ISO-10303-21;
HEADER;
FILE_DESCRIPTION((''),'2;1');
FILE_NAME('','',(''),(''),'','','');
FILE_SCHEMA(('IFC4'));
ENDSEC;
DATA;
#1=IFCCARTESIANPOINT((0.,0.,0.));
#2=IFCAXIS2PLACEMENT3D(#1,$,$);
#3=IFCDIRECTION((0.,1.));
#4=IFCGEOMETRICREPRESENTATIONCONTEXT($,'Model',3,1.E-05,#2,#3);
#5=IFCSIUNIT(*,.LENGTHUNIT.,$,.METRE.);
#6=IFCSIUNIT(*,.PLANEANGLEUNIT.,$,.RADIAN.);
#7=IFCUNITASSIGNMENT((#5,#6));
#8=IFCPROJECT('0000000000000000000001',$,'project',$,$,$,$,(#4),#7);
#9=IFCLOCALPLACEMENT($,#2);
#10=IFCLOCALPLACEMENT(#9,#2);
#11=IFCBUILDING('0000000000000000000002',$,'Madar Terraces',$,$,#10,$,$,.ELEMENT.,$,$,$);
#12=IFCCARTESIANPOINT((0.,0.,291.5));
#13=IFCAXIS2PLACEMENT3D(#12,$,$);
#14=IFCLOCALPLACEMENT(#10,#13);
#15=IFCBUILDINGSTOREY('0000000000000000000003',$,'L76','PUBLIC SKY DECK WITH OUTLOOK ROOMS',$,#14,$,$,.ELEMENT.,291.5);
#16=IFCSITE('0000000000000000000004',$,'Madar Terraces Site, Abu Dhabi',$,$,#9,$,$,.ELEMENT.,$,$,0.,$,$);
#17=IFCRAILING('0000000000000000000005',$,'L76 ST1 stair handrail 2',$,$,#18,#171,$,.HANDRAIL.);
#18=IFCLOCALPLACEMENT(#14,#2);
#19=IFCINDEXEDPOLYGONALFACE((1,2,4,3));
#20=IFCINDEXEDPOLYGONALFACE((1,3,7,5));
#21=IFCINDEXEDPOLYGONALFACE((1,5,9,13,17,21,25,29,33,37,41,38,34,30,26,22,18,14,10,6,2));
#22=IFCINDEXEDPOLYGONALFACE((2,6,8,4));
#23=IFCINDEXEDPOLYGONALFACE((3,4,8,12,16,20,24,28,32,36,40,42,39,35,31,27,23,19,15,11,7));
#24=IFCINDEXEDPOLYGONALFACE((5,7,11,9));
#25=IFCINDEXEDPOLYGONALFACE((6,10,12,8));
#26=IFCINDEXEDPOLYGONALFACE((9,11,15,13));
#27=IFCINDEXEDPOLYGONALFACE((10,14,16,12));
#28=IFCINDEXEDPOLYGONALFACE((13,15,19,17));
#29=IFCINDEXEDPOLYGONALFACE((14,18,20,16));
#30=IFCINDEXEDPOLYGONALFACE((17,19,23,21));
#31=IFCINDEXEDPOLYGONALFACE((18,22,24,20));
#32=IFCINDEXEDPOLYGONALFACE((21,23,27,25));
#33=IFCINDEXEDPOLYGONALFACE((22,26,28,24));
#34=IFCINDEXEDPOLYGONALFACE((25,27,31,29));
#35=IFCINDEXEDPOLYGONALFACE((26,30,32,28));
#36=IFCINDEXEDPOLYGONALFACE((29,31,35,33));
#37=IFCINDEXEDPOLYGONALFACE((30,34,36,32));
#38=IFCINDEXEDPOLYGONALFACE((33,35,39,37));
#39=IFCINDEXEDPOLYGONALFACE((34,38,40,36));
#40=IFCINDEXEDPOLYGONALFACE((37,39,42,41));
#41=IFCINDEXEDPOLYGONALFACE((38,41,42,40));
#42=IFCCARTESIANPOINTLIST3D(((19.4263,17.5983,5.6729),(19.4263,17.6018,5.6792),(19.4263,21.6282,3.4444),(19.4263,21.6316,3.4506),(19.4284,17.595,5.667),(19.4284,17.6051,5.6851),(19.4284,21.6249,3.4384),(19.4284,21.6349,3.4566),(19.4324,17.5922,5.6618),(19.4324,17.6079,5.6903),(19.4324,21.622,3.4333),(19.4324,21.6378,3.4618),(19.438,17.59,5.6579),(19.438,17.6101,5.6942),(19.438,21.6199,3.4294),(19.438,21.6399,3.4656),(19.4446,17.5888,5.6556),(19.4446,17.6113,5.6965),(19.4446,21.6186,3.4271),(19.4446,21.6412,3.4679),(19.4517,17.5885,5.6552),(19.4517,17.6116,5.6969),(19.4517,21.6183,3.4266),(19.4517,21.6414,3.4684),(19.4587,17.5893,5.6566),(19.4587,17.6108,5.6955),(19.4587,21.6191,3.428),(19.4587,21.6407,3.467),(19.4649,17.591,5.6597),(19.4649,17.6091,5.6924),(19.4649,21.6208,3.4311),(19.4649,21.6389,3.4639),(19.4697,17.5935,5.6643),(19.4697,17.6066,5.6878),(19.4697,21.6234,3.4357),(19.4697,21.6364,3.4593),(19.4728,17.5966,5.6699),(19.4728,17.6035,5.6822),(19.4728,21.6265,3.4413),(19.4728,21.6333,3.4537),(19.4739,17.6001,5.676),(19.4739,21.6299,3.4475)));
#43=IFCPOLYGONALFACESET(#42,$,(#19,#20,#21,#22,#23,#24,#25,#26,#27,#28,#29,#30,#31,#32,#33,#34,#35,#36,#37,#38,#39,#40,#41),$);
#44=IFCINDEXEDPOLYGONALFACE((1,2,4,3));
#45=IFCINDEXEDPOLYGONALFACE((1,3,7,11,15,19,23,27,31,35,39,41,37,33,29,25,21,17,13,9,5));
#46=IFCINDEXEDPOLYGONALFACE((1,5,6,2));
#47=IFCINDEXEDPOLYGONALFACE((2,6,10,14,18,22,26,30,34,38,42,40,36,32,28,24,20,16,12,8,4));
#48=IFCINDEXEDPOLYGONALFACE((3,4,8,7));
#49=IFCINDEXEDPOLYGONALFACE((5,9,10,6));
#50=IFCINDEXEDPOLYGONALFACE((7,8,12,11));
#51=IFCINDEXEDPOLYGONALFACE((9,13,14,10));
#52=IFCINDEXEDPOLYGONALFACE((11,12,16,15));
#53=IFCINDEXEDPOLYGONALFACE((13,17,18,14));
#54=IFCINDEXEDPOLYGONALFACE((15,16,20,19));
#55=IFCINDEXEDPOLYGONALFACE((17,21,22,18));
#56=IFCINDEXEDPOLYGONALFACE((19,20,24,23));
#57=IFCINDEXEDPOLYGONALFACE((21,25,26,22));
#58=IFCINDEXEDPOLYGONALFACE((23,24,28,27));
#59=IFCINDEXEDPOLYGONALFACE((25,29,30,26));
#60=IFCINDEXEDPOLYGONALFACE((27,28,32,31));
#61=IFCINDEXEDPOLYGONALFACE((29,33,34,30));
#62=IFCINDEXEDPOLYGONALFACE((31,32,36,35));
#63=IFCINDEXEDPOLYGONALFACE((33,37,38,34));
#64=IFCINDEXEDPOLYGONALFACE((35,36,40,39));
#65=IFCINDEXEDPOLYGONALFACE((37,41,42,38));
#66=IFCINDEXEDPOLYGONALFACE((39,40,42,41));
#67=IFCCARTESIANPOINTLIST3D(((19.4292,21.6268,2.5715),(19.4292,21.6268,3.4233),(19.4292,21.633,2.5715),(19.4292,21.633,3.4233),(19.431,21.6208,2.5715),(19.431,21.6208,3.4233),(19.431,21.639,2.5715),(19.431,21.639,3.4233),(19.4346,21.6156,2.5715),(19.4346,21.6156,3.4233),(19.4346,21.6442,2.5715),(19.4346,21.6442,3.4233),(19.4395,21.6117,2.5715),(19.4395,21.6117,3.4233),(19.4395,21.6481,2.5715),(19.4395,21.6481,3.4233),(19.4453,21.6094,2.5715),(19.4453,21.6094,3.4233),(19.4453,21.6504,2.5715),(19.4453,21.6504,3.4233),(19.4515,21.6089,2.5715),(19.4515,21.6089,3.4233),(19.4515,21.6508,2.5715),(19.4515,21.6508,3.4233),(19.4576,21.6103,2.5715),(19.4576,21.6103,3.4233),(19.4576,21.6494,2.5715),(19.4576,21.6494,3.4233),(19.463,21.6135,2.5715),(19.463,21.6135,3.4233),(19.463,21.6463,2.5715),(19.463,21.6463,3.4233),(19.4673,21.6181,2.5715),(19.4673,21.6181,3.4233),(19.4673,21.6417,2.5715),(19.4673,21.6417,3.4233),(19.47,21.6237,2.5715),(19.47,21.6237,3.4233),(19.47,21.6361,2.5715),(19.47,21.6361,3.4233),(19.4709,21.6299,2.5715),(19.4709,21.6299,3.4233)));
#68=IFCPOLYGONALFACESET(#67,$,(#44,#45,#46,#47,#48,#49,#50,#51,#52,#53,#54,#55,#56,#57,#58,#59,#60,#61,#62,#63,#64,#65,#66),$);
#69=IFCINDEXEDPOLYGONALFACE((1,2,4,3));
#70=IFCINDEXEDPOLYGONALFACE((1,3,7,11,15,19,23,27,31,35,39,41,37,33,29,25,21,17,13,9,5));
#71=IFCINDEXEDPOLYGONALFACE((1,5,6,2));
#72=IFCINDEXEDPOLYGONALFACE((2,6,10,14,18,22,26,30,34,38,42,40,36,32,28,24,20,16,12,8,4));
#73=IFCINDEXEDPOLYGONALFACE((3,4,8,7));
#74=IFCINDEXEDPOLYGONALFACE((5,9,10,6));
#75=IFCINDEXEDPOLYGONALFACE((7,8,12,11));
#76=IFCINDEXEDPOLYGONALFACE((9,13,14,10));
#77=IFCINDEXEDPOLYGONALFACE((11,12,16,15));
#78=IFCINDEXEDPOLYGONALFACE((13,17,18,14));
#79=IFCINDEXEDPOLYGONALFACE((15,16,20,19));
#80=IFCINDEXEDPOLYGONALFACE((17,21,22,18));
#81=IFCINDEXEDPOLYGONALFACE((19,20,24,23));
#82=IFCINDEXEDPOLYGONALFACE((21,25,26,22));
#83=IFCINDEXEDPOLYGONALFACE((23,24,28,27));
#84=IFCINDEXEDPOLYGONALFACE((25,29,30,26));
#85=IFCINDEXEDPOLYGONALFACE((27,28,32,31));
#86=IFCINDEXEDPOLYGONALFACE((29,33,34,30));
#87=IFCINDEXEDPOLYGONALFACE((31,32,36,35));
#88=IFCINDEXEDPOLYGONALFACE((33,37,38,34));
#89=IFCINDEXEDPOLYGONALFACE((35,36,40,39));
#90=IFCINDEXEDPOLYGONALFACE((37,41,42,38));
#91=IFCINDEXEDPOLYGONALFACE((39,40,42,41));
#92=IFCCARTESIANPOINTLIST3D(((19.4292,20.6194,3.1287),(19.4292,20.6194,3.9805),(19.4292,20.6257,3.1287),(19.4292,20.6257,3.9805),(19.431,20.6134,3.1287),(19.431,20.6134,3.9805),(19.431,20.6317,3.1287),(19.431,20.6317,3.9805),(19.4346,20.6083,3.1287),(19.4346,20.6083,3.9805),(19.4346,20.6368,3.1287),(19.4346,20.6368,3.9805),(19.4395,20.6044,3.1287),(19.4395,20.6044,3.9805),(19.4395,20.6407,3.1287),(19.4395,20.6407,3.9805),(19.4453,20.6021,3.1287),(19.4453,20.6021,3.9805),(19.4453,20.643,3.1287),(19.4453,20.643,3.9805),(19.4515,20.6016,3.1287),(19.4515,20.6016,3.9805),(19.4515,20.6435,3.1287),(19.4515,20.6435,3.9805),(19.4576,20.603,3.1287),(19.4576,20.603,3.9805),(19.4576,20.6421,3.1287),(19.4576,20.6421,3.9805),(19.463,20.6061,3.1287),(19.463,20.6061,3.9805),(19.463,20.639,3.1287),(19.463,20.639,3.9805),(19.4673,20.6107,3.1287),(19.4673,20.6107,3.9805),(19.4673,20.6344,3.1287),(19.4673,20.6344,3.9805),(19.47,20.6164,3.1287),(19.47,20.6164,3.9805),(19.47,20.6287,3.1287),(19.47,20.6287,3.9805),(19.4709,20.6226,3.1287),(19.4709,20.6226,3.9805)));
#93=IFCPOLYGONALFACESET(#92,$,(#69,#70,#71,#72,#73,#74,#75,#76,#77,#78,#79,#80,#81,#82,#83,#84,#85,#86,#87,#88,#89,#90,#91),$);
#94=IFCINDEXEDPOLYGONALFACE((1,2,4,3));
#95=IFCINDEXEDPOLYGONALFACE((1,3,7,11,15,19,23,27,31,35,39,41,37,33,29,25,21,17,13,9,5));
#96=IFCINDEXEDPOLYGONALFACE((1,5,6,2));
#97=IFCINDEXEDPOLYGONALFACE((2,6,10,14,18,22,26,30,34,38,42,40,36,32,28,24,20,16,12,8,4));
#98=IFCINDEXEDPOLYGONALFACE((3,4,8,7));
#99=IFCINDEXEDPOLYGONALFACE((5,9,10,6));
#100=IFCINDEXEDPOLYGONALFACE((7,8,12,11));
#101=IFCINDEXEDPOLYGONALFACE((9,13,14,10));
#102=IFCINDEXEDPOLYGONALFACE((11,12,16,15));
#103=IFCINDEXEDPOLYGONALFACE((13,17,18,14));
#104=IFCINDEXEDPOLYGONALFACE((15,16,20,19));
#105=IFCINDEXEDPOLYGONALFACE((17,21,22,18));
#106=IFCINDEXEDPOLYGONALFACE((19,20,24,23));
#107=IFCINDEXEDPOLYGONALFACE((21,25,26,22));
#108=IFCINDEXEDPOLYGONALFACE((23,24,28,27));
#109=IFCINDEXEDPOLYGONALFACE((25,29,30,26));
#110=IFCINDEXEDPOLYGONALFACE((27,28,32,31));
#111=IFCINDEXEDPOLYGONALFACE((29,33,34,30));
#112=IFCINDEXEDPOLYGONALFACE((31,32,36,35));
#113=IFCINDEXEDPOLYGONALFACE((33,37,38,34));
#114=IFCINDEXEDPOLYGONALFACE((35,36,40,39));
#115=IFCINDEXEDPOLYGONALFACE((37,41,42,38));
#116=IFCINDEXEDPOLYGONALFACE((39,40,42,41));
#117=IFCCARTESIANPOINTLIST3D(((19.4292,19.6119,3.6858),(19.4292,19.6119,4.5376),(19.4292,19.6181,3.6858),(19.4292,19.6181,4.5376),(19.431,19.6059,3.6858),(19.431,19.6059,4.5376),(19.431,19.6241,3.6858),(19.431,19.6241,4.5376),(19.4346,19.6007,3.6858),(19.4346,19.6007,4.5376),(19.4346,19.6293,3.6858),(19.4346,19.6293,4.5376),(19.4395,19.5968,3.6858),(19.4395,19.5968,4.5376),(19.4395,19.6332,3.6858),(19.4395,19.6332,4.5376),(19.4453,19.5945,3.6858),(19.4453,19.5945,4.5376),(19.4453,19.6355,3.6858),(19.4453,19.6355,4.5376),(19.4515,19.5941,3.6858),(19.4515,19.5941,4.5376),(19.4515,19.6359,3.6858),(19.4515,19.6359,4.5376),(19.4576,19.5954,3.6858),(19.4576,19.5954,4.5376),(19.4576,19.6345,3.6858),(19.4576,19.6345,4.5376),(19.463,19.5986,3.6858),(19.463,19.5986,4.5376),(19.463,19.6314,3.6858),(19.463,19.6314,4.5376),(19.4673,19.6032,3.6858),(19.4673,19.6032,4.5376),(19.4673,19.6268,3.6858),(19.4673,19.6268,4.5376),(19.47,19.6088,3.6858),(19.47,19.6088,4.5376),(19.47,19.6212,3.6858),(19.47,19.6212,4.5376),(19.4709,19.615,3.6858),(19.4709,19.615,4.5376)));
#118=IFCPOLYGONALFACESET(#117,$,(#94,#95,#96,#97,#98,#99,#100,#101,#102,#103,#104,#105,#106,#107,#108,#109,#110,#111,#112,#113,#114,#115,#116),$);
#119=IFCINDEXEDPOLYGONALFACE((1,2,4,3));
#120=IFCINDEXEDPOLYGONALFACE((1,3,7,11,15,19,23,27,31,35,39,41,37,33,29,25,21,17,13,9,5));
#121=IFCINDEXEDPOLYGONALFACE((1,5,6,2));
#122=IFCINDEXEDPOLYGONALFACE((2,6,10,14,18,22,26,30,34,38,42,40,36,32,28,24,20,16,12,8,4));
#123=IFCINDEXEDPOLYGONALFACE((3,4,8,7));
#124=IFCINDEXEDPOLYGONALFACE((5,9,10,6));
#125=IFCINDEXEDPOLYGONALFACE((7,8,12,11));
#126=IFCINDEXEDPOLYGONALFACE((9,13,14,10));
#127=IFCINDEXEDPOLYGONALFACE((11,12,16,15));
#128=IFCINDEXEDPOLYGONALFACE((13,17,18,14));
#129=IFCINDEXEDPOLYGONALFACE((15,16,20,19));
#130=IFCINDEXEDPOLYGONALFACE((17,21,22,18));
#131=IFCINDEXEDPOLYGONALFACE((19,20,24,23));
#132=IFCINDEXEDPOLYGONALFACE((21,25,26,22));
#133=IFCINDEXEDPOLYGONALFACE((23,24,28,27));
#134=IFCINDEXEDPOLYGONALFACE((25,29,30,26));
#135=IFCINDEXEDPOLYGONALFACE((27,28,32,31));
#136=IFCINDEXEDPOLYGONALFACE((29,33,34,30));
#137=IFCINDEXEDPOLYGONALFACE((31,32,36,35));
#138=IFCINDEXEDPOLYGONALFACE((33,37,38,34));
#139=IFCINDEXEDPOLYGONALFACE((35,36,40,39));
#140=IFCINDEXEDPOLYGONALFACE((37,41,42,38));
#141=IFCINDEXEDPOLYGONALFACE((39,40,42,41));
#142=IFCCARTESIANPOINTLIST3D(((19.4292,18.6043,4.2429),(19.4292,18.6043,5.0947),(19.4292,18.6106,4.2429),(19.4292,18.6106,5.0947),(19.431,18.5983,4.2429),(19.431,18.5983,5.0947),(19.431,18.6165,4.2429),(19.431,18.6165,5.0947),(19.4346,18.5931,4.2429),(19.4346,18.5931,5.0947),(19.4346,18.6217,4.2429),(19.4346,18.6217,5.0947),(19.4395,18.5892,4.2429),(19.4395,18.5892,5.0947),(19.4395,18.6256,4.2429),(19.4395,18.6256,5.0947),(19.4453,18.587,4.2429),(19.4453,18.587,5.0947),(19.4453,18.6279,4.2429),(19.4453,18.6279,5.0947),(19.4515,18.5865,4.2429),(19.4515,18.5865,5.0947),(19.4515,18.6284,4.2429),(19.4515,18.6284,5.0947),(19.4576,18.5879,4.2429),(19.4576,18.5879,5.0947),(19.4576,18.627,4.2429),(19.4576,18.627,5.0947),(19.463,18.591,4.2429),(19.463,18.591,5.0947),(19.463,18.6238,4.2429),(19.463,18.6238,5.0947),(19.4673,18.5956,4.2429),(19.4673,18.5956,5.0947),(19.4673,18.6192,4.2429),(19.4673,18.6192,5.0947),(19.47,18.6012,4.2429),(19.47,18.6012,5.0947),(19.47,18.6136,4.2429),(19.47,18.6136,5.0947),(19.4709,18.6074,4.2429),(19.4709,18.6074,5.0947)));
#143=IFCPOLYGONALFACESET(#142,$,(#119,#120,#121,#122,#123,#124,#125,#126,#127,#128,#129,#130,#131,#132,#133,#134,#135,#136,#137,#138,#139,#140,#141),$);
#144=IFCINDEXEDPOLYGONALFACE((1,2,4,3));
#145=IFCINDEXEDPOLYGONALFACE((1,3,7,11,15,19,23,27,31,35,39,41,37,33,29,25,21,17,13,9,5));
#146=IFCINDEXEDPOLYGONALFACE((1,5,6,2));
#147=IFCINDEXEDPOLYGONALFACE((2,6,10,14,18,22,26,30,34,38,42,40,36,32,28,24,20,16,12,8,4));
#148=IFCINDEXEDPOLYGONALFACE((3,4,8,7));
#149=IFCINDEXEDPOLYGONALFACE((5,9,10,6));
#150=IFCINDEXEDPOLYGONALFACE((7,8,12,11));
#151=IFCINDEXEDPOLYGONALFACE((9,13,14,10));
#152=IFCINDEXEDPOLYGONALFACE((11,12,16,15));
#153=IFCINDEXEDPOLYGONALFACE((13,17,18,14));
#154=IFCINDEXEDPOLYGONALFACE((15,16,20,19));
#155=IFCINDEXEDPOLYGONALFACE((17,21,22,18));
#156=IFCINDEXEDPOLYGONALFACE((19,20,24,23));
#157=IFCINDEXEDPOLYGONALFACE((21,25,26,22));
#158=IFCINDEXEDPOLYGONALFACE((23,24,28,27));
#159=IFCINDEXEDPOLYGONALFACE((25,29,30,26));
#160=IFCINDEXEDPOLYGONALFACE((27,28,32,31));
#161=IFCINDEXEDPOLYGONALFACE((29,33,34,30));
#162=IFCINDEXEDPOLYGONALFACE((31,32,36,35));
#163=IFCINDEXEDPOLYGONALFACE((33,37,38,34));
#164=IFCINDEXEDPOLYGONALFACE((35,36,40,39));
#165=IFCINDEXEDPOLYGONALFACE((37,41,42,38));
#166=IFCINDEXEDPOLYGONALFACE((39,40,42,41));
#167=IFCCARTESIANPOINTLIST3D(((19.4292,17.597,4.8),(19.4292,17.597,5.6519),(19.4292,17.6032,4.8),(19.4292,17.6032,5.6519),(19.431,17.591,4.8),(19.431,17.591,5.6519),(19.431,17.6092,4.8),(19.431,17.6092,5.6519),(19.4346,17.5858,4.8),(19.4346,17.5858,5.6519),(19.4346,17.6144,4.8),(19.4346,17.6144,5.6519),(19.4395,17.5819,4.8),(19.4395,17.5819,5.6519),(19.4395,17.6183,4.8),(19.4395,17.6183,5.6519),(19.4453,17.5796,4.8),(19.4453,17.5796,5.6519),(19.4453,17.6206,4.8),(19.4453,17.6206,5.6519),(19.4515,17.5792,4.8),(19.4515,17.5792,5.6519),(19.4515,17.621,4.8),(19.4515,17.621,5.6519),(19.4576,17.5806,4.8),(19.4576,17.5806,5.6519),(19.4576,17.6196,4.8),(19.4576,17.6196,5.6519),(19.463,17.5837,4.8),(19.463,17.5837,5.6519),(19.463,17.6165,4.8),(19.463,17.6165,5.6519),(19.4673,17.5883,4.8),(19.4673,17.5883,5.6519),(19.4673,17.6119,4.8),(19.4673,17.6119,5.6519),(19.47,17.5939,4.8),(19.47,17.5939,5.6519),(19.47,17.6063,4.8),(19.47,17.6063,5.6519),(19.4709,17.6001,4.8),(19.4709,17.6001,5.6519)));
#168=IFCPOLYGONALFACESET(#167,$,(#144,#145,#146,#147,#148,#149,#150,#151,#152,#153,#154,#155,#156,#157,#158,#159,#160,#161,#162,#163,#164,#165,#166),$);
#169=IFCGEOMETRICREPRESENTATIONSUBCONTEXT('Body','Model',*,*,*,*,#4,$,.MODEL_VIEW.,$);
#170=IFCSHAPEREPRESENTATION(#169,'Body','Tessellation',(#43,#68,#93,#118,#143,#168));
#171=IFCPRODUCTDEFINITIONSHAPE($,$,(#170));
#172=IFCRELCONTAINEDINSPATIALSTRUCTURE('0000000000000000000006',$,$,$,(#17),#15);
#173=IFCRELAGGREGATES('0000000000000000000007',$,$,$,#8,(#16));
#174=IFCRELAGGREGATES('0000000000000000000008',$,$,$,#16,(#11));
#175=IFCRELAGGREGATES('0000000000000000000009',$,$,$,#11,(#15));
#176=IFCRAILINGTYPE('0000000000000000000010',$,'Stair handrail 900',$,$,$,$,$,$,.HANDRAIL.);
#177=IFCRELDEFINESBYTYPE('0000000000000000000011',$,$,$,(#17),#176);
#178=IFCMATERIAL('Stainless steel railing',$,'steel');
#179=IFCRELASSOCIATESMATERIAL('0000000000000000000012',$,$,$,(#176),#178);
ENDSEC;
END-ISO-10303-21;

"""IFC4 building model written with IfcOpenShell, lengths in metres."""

from ifc_helpers import new_model, si_unit, direction, frame, origin, origin_2d, place, context, subcontext, project, spatial, circle, extrude, material, type_object, element, save


model = new_model("IFC4")

# Units and contexts
model_context = context("Model", 3, precision=1e-05, world=origin(), true_north=direction((0.0, 1.0)))
body_context = subcontext(model_context, "Body", "Model", "MODEL_VIEW")
ifc_project = project(units=[si_unit("LENGTHUNIT", "METRE"), si_unit("PLANEANGLEUNIT", "RADIAN")], contexts=[model_context])

# Site, building, storey
site_placement = place(None, origin())
site = spatial("IfcSite", under=ifc_project, at=site_placement, Name="Madar Terraces Site, Abu Dhabi", CompositionType="ELEMENT", RefElevation=0.0)
building_placement = place(site_placement, origin())
building = spatial("IfcBuilding", under=site, at=building_placement, Name="Madar Terraces", CompositionType="ELEMENT")
storey_placement = place(building_placement, frame((0.0, 0.0, 291.5)))
storey = spatial("IfcBuildingStorey", under=building, at=storey_placement, Name="L76", Description="PUBLIC SKY DECK WITH OUTLOOK ROOMS", CompositionType="ELEMENT", Elevation=291.5)

# Railing
ifc_material_1 = material(Name="Stainless steel railing", Category="steel")
railing_type_1 = type_object("IfcRailingType", Name="Stair handrail 900", PredefinedType="HANDRAIL", material=ifc_material_1)
railing_1_placement = place(storey_placement, frame((19.45, 21.6299, 2.5715)))
element("IfcRailing", 1, at=railing_1_placement, inside=storey, type_object=railing_type_1, Name="L76 ST1 stair handrail 2", PredefinedType="HANDRAIL", context=body_context, shape_type="SweptSolid", body=[
    extrude(circle(Radius=0.0239, at=origin_2d()), frame((0.0, 0.0, 0.876), z_axis=(0.0, -0.875101, 0.48394), x_axis=(1.0, 0.0, 0.0)), (0.0, 0.0, 1.0), 4.605),
    extrude(circle(Radius=0.021, at=origin_2d()), origin(), (0.0, 0.0, 1.0), 0.8518),
    extrude(circle(Radius=0.021, at=origin_2d()), frame((0.0, -1.0073, 0.5571)), (0.0, 0.0, 1.0), 0.8518),
    extrude(circle(Radius=0.021, at=origin_2d()), frame((0.0, -2.0149, 1.1143)), (0.0, 0.0, 1.0), 0.8518),
    extrude(circle(Radius=0.021, at=origin_2d()), frame((0.0, -3.0225, 1.6714)), (0.0, 0.0, 1.0), 0.8518),
    extrude(circle(Radius=0.021, at=origin_2d()), frame((0.0, -4.0298, 2.2285)), (0.0, 0.0, 1.0), 0.8518),
])

save(model, "model.ifc")
